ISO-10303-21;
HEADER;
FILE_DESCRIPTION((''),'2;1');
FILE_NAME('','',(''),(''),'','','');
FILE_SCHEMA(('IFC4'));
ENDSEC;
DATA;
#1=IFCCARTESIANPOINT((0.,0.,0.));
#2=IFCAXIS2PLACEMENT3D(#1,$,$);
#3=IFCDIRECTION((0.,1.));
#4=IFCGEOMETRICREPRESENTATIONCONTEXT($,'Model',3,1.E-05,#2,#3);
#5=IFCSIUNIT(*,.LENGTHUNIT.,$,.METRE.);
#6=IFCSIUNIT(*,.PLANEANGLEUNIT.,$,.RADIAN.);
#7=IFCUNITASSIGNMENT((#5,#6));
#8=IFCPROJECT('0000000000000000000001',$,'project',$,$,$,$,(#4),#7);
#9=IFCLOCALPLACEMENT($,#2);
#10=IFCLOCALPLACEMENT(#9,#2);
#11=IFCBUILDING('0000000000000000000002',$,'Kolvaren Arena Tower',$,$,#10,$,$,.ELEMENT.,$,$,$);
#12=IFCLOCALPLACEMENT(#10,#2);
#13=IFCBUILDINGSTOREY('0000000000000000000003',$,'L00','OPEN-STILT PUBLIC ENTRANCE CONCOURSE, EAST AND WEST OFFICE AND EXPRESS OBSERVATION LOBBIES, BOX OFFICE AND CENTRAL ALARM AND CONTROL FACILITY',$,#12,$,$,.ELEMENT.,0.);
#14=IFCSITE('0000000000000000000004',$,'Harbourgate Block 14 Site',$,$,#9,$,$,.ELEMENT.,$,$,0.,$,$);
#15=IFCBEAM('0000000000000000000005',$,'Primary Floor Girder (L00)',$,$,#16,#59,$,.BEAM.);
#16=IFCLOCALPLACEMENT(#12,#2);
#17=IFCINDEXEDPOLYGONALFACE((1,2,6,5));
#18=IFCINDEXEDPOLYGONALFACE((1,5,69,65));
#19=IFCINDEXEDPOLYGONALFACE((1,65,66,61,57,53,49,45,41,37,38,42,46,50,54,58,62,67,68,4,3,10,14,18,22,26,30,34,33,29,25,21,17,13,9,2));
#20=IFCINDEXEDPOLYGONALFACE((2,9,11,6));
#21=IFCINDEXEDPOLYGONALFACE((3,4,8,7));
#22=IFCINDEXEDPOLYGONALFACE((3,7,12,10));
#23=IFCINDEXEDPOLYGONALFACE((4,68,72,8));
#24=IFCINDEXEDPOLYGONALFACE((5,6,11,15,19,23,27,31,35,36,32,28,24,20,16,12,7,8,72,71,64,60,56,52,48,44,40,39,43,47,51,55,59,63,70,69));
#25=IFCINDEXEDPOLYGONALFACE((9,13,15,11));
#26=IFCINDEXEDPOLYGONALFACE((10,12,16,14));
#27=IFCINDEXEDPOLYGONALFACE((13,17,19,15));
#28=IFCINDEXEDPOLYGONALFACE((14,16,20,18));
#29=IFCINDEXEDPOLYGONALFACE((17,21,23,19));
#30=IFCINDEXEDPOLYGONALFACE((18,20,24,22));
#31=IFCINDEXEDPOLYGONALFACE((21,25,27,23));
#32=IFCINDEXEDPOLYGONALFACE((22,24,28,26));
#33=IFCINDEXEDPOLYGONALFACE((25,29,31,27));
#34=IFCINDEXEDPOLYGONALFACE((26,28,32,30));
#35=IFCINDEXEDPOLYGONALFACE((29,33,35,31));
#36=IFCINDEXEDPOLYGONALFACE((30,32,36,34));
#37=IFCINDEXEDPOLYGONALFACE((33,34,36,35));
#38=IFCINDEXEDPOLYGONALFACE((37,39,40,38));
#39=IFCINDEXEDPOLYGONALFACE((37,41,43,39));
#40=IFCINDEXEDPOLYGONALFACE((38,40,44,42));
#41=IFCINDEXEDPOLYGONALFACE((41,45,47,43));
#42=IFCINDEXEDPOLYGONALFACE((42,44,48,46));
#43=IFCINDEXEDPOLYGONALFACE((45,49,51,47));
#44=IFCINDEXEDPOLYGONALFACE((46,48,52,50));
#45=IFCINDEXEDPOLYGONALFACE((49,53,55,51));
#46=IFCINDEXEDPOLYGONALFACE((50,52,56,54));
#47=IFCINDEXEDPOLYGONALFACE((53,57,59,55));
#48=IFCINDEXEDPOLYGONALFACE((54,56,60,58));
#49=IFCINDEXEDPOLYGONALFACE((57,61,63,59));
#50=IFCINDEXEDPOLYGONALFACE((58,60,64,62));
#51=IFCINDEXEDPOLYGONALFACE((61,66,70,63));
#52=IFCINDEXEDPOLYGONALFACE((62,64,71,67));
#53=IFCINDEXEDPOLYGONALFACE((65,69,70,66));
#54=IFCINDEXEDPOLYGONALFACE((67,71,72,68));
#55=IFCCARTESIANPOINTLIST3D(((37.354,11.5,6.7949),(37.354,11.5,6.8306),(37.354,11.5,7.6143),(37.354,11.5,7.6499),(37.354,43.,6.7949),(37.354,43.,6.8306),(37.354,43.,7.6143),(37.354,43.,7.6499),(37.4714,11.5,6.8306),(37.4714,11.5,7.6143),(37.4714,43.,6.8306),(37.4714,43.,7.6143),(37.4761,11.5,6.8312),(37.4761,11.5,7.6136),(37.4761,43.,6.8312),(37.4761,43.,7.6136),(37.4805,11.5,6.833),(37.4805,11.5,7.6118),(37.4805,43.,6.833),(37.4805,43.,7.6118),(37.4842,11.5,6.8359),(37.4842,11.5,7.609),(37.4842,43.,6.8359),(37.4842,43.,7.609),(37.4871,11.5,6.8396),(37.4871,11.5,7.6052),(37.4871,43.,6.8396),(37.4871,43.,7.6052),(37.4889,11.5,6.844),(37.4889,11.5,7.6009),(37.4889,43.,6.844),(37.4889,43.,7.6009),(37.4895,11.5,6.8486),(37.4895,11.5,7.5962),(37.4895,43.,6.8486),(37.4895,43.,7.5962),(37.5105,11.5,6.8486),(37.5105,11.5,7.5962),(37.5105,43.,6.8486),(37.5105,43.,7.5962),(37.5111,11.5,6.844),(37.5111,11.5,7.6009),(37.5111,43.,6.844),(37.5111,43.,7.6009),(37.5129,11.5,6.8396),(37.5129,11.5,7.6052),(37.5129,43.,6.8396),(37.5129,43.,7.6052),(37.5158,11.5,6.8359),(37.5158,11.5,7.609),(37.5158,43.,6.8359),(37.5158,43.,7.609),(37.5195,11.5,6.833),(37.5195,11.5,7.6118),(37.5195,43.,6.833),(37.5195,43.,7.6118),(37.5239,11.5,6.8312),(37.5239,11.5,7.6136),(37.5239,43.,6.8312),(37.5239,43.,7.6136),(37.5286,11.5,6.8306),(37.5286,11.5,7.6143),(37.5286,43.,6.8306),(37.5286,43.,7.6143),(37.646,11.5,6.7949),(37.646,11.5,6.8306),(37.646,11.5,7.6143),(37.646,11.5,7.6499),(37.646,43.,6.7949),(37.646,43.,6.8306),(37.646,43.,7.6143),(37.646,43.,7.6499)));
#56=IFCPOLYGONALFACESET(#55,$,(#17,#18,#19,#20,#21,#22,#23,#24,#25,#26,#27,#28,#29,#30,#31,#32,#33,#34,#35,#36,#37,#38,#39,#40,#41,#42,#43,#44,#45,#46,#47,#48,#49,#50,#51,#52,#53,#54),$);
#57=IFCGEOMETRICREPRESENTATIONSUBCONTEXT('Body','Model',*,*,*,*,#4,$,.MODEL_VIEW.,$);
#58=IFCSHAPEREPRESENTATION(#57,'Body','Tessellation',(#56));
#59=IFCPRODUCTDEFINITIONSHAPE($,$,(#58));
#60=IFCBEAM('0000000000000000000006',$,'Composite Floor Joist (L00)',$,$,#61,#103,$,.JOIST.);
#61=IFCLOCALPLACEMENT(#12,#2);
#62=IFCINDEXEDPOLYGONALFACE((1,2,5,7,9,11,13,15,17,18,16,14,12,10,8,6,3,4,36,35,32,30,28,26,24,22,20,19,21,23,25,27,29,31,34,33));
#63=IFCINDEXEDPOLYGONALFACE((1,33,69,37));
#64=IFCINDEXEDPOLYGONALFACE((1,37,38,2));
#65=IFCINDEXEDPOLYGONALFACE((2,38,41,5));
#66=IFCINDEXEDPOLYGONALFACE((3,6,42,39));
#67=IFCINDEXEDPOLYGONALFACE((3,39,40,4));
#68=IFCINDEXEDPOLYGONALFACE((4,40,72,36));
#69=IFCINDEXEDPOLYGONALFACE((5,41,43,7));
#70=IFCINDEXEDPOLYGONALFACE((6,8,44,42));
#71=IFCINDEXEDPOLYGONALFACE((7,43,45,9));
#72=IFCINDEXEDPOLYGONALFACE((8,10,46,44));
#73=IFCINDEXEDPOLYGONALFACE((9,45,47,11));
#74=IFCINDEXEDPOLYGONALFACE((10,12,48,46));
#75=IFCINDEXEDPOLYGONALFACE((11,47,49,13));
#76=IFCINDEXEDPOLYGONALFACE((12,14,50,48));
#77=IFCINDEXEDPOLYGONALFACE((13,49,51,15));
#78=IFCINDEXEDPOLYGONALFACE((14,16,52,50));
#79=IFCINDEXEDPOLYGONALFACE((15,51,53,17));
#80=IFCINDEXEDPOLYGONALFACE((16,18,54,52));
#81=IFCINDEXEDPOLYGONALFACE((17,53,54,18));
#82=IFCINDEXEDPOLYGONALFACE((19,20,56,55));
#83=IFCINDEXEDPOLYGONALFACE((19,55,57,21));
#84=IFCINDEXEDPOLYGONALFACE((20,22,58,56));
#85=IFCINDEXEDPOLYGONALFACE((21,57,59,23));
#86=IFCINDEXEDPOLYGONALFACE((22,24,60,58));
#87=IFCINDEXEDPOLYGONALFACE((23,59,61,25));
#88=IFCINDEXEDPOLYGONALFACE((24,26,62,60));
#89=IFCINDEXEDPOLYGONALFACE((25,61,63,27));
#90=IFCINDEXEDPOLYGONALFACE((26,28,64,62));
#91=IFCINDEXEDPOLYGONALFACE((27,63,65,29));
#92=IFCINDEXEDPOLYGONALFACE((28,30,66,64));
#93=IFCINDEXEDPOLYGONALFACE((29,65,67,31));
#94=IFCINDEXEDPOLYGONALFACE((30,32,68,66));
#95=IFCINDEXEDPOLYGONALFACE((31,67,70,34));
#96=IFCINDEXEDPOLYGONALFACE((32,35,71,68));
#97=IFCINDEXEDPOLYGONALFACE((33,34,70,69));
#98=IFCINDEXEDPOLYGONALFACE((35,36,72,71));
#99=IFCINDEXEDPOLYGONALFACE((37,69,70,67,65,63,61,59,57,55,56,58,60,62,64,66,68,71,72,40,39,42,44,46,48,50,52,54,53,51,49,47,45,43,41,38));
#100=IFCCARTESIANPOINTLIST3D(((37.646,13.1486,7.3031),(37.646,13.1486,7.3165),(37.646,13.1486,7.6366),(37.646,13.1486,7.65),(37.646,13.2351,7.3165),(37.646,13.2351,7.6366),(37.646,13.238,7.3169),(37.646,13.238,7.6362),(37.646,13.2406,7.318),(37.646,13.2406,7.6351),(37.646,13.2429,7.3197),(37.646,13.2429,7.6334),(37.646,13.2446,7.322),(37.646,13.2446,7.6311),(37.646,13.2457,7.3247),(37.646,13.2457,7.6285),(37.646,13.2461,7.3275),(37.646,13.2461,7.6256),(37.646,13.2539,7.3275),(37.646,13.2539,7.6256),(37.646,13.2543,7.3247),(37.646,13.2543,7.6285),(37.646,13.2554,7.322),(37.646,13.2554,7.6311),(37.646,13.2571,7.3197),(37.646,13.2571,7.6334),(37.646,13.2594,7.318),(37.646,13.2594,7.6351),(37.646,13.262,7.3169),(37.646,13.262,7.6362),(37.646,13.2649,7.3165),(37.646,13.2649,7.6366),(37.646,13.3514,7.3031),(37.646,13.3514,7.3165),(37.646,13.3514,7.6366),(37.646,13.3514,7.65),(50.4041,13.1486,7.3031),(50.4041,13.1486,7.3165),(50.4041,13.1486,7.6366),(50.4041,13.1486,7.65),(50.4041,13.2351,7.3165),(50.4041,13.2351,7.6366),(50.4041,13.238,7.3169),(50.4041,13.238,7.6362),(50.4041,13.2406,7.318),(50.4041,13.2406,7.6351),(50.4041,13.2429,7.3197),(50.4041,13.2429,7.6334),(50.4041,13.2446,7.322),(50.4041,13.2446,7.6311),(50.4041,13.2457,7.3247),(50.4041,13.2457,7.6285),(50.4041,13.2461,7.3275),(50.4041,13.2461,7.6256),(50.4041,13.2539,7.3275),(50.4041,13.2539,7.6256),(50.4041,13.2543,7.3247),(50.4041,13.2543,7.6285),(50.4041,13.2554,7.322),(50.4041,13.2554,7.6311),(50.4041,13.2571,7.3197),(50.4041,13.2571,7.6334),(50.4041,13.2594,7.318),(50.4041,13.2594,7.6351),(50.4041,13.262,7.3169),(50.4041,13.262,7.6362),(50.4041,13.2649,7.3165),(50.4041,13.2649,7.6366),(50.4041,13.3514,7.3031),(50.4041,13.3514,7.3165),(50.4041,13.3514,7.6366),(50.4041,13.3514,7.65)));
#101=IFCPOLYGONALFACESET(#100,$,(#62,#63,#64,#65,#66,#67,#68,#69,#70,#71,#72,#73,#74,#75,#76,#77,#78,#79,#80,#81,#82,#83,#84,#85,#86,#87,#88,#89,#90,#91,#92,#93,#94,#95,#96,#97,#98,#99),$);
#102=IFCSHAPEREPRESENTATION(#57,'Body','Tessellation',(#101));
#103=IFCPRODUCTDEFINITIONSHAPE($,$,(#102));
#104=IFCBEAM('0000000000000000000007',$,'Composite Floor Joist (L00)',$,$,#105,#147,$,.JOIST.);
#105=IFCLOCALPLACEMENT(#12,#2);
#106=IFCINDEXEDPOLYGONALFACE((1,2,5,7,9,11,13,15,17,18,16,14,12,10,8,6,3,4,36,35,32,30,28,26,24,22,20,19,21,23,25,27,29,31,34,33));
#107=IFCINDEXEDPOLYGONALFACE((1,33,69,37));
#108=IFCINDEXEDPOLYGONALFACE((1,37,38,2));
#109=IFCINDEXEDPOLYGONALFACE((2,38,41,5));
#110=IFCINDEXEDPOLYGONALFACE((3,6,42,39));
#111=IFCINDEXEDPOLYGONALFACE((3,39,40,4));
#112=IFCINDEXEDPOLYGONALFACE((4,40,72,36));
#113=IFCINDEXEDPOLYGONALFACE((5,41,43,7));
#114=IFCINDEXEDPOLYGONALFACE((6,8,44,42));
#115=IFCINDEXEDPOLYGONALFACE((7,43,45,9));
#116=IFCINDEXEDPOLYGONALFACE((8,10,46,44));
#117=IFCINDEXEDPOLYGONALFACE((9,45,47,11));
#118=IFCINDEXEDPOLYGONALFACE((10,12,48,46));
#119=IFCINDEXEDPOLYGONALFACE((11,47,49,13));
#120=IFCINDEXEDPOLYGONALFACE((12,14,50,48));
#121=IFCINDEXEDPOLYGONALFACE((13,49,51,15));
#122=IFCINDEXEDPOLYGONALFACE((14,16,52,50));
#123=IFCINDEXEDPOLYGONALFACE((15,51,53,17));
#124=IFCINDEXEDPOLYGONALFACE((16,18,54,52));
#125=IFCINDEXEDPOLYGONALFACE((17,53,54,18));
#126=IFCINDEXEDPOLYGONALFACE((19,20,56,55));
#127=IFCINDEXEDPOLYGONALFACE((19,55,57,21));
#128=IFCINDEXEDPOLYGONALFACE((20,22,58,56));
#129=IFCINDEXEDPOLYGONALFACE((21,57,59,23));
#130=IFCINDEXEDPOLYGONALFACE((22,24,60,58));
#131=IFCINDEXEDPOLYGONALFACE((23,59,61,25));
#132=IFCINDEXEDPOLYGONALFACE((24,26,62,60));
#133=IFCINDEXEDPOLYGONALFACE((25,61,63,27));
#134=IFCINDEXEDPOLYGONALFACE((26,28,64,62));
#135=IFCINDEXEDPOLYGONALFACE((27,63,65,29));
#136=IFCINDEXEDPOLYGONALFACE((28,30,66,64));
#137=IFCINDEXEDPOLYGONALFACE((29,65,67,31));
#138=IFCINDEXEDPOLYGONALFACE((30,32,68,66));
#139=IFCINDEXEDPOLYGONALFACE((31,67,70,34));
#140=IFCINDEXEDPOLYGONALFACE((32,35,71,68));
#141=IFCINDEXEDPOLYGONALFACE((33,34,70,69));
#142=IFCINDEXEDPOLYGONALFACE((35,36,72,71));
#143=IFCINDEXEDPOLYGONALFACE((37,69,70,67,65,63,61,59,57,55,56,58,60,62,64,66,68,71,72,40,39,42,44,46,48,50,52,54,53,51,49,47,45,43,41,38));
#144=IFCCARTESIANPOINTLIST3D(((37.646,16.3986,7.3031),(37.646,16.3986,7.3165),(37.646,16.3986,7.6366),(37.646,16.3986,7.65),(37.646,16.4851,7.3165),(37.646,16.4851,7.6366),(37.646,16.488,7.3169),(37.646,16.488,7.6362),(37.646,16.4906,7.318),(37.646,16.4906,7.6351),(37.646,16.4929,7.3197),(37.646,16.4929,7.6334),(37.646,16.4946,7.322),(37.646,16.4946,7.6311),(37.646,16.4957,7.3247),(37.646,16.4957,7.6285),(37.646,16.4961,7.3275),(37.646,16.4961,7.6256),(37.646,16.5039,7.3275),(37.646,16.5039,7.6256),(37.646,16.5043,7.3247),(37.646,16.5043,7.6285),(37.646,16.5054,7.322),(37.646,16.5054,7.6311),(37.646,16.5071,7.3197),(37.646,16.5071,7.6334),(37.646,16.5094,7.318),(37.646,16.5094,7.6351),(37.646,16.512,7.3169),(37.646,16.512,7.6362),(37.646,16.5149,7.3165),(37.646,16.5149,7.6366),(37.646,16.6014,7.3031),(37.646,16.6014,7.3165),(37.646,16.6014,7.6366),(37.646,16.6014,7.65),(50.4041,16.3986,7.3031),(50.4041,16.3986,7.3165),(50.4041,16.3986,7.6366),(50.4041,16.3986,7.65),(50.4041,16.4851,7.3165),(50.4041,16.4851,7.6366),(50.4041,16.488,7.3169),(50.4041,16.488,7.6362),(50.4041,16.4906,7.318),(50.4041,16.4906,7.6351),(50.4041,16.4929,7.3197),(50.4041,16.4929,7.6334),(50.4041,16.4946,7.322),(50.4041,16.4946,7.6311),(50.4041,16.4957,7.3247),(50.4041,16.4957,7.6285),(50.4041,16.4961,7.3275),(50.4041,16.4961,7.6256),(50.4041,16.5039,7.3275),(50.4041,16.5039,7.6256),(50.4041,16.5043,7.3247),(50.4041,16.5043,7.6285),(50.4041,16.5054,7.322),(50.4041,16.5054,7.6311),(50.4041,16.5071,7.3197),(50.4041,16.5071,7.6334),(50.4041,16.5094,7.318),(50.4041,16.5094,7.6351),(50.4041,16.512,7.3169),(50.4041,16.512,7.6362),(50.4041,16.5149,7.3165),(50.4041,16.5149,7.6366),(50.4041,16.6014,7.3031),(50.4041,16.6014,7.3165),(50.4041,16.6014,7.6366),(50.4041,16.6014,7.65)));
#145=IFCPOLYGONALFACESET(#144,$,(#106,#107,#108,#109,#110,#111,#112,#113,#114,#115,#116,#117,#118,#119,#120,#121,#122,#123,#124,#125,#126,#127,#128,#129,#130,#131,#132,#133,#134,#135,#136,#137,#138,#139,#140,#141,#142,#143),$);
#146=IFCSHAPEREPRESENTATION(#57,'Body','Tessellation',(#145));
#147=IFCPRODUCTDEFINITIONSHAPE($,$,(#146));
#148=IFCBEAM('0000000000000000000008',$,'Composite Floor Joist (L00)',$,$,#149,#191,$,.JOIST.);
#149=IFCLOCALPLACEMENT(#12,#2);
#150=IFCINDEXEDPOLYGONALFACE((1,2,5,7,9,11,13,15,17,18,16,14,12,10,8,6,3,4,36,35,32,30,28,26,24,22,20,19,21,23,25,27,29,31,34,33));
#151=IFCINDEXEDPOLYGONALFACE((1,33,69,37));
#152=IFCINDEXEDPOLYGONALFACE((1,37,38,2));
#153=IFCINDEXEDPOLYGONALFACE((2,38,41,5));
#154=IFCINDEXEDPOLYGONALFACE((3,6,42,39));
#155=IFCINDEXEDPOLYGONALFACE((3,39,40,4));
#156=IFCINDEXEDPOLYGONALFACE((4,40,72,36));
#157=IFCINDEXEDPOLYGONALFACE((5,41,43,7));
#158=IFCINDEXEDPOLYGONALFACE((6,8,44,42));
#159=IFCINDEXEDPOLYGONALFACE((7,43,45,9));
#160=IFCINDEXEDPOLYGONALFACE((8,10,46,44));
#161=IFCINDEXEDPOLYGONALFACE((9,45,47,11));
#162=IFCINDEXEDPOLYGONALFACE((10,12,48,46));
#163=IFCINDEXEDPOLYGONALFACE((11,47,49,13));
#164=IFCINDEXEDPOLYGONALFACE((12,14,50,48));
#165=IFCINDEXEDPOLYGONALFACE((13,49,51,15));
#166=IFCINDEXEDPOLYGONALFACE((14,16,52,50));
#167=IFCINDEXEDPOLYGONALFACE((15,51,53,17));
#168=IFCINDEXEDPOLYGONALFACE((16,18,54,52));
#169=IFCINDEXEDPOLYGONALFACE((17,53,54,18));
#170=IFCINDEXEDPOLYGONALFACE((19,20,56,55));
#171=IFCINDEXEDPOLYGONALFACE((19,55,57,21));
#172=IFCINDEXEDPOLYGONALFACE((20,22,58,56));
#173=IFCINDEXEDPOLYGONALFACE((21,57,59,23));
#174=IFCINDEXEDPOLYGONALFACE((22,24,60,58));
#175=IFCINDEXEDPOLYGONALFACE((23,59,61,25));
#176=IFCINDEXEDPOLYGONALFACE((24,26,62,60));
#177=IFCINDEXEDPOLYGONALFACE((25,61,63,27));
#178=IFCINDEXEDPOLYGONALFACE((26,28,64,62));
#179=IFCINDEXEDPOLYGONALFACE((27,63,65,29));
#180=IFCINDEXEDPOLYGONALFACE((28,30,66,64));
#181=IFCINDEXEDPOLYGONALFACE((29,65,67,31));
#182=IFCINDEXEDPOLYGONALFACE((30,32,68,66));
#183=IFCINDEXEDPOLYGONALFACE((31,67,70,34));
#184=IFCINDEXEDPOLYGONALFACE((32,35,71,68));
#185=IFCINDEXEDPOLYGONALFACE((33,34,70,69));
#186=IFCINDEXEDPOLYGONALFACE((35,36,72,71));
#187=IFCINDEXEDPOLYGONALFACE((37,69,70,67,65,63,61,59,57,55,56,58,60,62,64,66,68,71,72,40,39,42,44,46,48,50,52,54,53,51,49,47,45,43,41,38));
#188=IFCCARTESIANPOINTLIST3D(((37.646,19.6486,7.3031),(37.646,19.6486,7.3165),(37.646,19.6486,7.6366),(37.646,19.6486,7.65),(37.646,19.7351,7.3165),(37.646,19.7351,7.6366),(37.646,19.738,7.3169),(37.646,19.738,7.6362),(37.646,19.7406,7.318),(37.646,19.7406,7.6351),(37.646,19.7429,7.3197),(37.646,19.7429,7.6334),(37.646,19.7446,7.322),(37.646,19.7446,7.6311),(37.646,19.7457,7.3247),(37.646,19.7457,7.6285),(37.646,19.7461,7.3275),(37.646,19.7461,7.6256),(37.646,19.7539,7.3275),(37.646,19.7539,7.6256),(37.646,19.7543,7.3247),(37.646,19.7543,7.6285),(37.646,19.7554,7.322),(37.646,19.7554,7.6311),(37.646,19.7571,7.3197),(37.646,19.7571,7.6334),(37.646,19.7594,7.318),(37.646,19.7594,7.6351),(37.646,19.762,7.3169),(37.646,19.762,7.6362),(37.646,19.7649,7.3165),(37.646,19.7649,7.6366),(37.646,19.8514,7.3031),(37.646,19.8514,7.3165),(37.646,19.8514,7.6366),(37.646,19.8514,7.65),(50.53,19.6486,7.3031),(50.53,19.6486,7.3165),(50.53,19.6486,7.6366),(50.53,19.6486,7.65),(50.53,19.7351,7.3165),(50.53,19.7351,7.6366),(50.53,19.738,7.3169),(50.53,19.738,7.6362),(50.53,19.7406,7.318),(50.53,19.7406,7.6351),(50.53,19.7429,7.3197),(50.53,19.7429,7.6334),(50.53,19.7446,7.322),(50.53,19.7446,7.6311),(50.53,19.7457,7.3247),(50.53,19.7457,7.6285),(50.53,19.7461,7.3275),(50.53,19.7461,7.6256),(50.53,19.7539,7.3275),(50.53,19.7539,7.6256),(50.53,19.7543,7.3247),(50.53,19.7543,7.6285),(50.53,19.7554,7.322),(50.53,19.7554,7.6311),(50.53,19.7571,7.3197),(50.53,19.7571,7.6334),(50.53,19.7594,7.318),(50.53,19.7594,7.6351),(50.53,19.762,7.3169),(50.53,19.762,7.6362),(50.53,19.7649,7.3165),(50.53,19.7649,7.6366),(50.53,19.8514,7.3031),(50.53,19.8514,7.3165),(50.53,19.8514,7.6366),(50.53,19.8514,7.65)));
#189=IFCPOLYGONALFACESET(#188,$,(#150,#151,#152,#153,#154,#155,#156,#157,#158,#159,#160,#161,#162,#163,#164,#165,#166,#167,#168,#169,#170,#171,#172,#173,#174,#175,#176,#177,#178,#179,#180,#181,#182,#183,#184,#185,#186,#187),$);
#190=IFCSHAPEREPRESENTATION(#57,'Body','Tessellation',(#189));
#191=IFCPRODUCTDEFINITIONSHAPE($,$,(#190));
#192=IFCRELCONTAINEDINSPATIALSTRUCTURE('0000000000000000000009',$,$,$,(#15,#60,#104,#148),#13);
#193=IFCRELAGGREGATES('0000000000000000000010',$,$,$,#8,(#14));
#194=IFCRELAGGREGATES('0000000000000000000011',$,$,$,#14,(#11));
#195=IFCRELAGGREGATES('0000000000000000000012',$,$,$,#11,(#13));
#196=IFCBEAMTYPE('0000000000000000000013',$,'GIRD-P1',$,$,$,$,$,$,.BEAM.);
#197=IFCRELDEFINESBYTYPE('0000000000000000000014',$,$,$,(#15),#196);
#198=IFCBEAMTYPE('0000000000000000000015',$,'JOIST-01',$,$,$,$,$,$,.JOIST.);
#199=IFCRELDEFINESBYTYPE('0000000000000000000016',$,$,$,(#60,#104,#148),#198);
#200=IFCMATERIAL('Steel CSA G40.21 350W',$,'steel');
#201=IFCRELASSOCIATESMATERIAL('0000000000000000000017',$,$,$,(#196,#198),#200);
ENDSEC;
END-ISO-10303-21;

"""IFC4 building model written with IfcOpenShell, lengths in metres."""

from ifc_helpers import new_model, si_unit, direction, frame, origin, origin_2d, place, context, subcontext, project, spatial, i_section, extrude, material, material_profile, profile_set, type_object, element, save


model = new_model("IFC4")

# Units and contexts
model_context = context("Model", 3, precision=1e-05, world=origin(), true_north=direction((0.0, 1.0)))
body_context = subcontext(model_context, "Body", "Model", "MODEL_VIEW")
ifc_project = project(units=[si_unit("LENGTHUNIT", "METRE"), si_unit("PLANEANGLEUNIT", "RADIAN")], contexts=[model_context])

# Site, building, storey
site_placement = place(None, origin())
site = spatial("IfcSite", under=ifc_project, at=site_placement, Name="Harbourgate Block 14 Site", CompositionType="ELEMENT", RefElevation=0.0)
building_placement = place(site_placement, origin())
building = spatial("IfcBuilding", under=site, at=building_placement, Name="Kolvaren Arena Tower", CompositionType="ELEMENT")
storey_placement = place(building_placement, origin())
storey = spatial("IfcBuildingStorey", under=building, at=storey_placement, Name="L00", Description="OPEN-STILT PUBLIC ENTRANCE CONCOURSE, EAST AND WEST OFFICE AND EXPRESS OBSERVATION LOBBIES, BOX OFFICE AND CENTRAL ALARM AND CONTROL FACILITY", CompositionType="ELEMENT", Elevation=0.0)

# Beams
ifc_material_1 = material(Name="Steel CSA G40.21 350W", Category="steel")
ifc_material_profile_1 = material_profile(ifc_material_1, i_section(OverallWidth=0.292, OverallDepth=0.855, WebThickness=0.021, FlangeThickness=0.0356, FilletRadius=0.0181, at=origin_2d()), Name="W840x299")
ifc_profile_set_1 = profile_set([ifc_material_profile_1], Name="Steel CSA G40.21 350W")
beam_type_1 = type_object("IfcBeamType", Name="GIRD-P1", PredefinedType="BEAM", material=ifc_profile_set_1)
beam_1_placement = place(storey_placement, frame((37.5, 11.5, 7.2224), z_axis=(0.0, 1.0, 0.0), x_axis=(-1.0, 0.0, 0.0)))
element("IfcBeam", 1, at=beam_1_placement, inside=storey, type_object=beam_type_1, Name="Primary Floor Girder (L00)", PredefinedType="BEAM", context=body_context, shape_type="SweptSolid", body=[
    extrude(i_section(OverallWidth=0.292, OverallDepth=0.855, WebThickness=0.021, FlangeThickness=0.0356, FilletRadius=0.0181, at=origin_2d()), origin(), (0.0, 0.0, 1.0), 31.5),
])
ifc_material_profile_2 = material_profile(ifc_material_1, i_section(OverallWidth=0.2029, OverallDepth=0.3469, WebThickness=0.0078, FlangeThickness=0.0134, FilletRadius=0.011, at=origin_2d()), Name="W360x64")
ifc_profile_set_2 = profile_set([ifc_material_profile_2], Name="Steel CSA G40.21 350W")
beam_type_2 = type_object("IfcBeamType", Name="JOIST-01", PredefinedType="JOIST", material=ifc_profile_set_2)
for number, where, z_axis, x_axis, name in (
    (2, (37.646, 13.25, 7.4766), (1.0, 0.0, 0.0), (0.0, 1.0, 0.0), "Composite Floor Joist (L00)"),
    (3, (37.646, 16.5, 7.4766), (1.0, 0.0, 0.0), (0.0, 1.0, 0.0), "Composite Floor Joist (L00)"),
):
    element("IfcBeam", number, at=place(storey_placement, frame(where, z_axis=z_axis, x_axis=x_axis)), inside=storey, type_object=beam_type_2, Name=name, PredefinedType="JOIST", context=body_context, shape_type="SweptSolid", body=[
        extrude(i_section(OverallWidth=0.2029, OverallDepth=0.3469, WebThickness=0.0078, FlangeThickness=0.0134, FilletRadius=0.011, at=origin_2d()), origin(), (0.0, 0.0, 1.0), 12.7581),
    ])
for number, where, z_axis, x_axis, name in (
    (4, (37.646, 19.75, 7.4766), (1.0, 0.0, 0.0), (0.0, 1.0, 0.0), "Composite Floor Joist (L00)"),
):
    element("IfcBeam", number, at=place(storey_placement, frame(where, z_axis=z_axis, x_axis=x_axis)), inside=storey, type_object=beam_type_2, Name=name, PredefinedType="JOIST", context=body_context, shape_type="SweptSolid", body=[
        extrude(i_section(OverallWidth=0.2029, OverallDepth=0.3469, WebThickness=0.0078, FlangeThickness=0.0134, FilletRadius=0.011, at=origin_2d()), origin(), (0.0, 0.0, 1.0), 12.884),
    ])

save(model, "model.ifc")
